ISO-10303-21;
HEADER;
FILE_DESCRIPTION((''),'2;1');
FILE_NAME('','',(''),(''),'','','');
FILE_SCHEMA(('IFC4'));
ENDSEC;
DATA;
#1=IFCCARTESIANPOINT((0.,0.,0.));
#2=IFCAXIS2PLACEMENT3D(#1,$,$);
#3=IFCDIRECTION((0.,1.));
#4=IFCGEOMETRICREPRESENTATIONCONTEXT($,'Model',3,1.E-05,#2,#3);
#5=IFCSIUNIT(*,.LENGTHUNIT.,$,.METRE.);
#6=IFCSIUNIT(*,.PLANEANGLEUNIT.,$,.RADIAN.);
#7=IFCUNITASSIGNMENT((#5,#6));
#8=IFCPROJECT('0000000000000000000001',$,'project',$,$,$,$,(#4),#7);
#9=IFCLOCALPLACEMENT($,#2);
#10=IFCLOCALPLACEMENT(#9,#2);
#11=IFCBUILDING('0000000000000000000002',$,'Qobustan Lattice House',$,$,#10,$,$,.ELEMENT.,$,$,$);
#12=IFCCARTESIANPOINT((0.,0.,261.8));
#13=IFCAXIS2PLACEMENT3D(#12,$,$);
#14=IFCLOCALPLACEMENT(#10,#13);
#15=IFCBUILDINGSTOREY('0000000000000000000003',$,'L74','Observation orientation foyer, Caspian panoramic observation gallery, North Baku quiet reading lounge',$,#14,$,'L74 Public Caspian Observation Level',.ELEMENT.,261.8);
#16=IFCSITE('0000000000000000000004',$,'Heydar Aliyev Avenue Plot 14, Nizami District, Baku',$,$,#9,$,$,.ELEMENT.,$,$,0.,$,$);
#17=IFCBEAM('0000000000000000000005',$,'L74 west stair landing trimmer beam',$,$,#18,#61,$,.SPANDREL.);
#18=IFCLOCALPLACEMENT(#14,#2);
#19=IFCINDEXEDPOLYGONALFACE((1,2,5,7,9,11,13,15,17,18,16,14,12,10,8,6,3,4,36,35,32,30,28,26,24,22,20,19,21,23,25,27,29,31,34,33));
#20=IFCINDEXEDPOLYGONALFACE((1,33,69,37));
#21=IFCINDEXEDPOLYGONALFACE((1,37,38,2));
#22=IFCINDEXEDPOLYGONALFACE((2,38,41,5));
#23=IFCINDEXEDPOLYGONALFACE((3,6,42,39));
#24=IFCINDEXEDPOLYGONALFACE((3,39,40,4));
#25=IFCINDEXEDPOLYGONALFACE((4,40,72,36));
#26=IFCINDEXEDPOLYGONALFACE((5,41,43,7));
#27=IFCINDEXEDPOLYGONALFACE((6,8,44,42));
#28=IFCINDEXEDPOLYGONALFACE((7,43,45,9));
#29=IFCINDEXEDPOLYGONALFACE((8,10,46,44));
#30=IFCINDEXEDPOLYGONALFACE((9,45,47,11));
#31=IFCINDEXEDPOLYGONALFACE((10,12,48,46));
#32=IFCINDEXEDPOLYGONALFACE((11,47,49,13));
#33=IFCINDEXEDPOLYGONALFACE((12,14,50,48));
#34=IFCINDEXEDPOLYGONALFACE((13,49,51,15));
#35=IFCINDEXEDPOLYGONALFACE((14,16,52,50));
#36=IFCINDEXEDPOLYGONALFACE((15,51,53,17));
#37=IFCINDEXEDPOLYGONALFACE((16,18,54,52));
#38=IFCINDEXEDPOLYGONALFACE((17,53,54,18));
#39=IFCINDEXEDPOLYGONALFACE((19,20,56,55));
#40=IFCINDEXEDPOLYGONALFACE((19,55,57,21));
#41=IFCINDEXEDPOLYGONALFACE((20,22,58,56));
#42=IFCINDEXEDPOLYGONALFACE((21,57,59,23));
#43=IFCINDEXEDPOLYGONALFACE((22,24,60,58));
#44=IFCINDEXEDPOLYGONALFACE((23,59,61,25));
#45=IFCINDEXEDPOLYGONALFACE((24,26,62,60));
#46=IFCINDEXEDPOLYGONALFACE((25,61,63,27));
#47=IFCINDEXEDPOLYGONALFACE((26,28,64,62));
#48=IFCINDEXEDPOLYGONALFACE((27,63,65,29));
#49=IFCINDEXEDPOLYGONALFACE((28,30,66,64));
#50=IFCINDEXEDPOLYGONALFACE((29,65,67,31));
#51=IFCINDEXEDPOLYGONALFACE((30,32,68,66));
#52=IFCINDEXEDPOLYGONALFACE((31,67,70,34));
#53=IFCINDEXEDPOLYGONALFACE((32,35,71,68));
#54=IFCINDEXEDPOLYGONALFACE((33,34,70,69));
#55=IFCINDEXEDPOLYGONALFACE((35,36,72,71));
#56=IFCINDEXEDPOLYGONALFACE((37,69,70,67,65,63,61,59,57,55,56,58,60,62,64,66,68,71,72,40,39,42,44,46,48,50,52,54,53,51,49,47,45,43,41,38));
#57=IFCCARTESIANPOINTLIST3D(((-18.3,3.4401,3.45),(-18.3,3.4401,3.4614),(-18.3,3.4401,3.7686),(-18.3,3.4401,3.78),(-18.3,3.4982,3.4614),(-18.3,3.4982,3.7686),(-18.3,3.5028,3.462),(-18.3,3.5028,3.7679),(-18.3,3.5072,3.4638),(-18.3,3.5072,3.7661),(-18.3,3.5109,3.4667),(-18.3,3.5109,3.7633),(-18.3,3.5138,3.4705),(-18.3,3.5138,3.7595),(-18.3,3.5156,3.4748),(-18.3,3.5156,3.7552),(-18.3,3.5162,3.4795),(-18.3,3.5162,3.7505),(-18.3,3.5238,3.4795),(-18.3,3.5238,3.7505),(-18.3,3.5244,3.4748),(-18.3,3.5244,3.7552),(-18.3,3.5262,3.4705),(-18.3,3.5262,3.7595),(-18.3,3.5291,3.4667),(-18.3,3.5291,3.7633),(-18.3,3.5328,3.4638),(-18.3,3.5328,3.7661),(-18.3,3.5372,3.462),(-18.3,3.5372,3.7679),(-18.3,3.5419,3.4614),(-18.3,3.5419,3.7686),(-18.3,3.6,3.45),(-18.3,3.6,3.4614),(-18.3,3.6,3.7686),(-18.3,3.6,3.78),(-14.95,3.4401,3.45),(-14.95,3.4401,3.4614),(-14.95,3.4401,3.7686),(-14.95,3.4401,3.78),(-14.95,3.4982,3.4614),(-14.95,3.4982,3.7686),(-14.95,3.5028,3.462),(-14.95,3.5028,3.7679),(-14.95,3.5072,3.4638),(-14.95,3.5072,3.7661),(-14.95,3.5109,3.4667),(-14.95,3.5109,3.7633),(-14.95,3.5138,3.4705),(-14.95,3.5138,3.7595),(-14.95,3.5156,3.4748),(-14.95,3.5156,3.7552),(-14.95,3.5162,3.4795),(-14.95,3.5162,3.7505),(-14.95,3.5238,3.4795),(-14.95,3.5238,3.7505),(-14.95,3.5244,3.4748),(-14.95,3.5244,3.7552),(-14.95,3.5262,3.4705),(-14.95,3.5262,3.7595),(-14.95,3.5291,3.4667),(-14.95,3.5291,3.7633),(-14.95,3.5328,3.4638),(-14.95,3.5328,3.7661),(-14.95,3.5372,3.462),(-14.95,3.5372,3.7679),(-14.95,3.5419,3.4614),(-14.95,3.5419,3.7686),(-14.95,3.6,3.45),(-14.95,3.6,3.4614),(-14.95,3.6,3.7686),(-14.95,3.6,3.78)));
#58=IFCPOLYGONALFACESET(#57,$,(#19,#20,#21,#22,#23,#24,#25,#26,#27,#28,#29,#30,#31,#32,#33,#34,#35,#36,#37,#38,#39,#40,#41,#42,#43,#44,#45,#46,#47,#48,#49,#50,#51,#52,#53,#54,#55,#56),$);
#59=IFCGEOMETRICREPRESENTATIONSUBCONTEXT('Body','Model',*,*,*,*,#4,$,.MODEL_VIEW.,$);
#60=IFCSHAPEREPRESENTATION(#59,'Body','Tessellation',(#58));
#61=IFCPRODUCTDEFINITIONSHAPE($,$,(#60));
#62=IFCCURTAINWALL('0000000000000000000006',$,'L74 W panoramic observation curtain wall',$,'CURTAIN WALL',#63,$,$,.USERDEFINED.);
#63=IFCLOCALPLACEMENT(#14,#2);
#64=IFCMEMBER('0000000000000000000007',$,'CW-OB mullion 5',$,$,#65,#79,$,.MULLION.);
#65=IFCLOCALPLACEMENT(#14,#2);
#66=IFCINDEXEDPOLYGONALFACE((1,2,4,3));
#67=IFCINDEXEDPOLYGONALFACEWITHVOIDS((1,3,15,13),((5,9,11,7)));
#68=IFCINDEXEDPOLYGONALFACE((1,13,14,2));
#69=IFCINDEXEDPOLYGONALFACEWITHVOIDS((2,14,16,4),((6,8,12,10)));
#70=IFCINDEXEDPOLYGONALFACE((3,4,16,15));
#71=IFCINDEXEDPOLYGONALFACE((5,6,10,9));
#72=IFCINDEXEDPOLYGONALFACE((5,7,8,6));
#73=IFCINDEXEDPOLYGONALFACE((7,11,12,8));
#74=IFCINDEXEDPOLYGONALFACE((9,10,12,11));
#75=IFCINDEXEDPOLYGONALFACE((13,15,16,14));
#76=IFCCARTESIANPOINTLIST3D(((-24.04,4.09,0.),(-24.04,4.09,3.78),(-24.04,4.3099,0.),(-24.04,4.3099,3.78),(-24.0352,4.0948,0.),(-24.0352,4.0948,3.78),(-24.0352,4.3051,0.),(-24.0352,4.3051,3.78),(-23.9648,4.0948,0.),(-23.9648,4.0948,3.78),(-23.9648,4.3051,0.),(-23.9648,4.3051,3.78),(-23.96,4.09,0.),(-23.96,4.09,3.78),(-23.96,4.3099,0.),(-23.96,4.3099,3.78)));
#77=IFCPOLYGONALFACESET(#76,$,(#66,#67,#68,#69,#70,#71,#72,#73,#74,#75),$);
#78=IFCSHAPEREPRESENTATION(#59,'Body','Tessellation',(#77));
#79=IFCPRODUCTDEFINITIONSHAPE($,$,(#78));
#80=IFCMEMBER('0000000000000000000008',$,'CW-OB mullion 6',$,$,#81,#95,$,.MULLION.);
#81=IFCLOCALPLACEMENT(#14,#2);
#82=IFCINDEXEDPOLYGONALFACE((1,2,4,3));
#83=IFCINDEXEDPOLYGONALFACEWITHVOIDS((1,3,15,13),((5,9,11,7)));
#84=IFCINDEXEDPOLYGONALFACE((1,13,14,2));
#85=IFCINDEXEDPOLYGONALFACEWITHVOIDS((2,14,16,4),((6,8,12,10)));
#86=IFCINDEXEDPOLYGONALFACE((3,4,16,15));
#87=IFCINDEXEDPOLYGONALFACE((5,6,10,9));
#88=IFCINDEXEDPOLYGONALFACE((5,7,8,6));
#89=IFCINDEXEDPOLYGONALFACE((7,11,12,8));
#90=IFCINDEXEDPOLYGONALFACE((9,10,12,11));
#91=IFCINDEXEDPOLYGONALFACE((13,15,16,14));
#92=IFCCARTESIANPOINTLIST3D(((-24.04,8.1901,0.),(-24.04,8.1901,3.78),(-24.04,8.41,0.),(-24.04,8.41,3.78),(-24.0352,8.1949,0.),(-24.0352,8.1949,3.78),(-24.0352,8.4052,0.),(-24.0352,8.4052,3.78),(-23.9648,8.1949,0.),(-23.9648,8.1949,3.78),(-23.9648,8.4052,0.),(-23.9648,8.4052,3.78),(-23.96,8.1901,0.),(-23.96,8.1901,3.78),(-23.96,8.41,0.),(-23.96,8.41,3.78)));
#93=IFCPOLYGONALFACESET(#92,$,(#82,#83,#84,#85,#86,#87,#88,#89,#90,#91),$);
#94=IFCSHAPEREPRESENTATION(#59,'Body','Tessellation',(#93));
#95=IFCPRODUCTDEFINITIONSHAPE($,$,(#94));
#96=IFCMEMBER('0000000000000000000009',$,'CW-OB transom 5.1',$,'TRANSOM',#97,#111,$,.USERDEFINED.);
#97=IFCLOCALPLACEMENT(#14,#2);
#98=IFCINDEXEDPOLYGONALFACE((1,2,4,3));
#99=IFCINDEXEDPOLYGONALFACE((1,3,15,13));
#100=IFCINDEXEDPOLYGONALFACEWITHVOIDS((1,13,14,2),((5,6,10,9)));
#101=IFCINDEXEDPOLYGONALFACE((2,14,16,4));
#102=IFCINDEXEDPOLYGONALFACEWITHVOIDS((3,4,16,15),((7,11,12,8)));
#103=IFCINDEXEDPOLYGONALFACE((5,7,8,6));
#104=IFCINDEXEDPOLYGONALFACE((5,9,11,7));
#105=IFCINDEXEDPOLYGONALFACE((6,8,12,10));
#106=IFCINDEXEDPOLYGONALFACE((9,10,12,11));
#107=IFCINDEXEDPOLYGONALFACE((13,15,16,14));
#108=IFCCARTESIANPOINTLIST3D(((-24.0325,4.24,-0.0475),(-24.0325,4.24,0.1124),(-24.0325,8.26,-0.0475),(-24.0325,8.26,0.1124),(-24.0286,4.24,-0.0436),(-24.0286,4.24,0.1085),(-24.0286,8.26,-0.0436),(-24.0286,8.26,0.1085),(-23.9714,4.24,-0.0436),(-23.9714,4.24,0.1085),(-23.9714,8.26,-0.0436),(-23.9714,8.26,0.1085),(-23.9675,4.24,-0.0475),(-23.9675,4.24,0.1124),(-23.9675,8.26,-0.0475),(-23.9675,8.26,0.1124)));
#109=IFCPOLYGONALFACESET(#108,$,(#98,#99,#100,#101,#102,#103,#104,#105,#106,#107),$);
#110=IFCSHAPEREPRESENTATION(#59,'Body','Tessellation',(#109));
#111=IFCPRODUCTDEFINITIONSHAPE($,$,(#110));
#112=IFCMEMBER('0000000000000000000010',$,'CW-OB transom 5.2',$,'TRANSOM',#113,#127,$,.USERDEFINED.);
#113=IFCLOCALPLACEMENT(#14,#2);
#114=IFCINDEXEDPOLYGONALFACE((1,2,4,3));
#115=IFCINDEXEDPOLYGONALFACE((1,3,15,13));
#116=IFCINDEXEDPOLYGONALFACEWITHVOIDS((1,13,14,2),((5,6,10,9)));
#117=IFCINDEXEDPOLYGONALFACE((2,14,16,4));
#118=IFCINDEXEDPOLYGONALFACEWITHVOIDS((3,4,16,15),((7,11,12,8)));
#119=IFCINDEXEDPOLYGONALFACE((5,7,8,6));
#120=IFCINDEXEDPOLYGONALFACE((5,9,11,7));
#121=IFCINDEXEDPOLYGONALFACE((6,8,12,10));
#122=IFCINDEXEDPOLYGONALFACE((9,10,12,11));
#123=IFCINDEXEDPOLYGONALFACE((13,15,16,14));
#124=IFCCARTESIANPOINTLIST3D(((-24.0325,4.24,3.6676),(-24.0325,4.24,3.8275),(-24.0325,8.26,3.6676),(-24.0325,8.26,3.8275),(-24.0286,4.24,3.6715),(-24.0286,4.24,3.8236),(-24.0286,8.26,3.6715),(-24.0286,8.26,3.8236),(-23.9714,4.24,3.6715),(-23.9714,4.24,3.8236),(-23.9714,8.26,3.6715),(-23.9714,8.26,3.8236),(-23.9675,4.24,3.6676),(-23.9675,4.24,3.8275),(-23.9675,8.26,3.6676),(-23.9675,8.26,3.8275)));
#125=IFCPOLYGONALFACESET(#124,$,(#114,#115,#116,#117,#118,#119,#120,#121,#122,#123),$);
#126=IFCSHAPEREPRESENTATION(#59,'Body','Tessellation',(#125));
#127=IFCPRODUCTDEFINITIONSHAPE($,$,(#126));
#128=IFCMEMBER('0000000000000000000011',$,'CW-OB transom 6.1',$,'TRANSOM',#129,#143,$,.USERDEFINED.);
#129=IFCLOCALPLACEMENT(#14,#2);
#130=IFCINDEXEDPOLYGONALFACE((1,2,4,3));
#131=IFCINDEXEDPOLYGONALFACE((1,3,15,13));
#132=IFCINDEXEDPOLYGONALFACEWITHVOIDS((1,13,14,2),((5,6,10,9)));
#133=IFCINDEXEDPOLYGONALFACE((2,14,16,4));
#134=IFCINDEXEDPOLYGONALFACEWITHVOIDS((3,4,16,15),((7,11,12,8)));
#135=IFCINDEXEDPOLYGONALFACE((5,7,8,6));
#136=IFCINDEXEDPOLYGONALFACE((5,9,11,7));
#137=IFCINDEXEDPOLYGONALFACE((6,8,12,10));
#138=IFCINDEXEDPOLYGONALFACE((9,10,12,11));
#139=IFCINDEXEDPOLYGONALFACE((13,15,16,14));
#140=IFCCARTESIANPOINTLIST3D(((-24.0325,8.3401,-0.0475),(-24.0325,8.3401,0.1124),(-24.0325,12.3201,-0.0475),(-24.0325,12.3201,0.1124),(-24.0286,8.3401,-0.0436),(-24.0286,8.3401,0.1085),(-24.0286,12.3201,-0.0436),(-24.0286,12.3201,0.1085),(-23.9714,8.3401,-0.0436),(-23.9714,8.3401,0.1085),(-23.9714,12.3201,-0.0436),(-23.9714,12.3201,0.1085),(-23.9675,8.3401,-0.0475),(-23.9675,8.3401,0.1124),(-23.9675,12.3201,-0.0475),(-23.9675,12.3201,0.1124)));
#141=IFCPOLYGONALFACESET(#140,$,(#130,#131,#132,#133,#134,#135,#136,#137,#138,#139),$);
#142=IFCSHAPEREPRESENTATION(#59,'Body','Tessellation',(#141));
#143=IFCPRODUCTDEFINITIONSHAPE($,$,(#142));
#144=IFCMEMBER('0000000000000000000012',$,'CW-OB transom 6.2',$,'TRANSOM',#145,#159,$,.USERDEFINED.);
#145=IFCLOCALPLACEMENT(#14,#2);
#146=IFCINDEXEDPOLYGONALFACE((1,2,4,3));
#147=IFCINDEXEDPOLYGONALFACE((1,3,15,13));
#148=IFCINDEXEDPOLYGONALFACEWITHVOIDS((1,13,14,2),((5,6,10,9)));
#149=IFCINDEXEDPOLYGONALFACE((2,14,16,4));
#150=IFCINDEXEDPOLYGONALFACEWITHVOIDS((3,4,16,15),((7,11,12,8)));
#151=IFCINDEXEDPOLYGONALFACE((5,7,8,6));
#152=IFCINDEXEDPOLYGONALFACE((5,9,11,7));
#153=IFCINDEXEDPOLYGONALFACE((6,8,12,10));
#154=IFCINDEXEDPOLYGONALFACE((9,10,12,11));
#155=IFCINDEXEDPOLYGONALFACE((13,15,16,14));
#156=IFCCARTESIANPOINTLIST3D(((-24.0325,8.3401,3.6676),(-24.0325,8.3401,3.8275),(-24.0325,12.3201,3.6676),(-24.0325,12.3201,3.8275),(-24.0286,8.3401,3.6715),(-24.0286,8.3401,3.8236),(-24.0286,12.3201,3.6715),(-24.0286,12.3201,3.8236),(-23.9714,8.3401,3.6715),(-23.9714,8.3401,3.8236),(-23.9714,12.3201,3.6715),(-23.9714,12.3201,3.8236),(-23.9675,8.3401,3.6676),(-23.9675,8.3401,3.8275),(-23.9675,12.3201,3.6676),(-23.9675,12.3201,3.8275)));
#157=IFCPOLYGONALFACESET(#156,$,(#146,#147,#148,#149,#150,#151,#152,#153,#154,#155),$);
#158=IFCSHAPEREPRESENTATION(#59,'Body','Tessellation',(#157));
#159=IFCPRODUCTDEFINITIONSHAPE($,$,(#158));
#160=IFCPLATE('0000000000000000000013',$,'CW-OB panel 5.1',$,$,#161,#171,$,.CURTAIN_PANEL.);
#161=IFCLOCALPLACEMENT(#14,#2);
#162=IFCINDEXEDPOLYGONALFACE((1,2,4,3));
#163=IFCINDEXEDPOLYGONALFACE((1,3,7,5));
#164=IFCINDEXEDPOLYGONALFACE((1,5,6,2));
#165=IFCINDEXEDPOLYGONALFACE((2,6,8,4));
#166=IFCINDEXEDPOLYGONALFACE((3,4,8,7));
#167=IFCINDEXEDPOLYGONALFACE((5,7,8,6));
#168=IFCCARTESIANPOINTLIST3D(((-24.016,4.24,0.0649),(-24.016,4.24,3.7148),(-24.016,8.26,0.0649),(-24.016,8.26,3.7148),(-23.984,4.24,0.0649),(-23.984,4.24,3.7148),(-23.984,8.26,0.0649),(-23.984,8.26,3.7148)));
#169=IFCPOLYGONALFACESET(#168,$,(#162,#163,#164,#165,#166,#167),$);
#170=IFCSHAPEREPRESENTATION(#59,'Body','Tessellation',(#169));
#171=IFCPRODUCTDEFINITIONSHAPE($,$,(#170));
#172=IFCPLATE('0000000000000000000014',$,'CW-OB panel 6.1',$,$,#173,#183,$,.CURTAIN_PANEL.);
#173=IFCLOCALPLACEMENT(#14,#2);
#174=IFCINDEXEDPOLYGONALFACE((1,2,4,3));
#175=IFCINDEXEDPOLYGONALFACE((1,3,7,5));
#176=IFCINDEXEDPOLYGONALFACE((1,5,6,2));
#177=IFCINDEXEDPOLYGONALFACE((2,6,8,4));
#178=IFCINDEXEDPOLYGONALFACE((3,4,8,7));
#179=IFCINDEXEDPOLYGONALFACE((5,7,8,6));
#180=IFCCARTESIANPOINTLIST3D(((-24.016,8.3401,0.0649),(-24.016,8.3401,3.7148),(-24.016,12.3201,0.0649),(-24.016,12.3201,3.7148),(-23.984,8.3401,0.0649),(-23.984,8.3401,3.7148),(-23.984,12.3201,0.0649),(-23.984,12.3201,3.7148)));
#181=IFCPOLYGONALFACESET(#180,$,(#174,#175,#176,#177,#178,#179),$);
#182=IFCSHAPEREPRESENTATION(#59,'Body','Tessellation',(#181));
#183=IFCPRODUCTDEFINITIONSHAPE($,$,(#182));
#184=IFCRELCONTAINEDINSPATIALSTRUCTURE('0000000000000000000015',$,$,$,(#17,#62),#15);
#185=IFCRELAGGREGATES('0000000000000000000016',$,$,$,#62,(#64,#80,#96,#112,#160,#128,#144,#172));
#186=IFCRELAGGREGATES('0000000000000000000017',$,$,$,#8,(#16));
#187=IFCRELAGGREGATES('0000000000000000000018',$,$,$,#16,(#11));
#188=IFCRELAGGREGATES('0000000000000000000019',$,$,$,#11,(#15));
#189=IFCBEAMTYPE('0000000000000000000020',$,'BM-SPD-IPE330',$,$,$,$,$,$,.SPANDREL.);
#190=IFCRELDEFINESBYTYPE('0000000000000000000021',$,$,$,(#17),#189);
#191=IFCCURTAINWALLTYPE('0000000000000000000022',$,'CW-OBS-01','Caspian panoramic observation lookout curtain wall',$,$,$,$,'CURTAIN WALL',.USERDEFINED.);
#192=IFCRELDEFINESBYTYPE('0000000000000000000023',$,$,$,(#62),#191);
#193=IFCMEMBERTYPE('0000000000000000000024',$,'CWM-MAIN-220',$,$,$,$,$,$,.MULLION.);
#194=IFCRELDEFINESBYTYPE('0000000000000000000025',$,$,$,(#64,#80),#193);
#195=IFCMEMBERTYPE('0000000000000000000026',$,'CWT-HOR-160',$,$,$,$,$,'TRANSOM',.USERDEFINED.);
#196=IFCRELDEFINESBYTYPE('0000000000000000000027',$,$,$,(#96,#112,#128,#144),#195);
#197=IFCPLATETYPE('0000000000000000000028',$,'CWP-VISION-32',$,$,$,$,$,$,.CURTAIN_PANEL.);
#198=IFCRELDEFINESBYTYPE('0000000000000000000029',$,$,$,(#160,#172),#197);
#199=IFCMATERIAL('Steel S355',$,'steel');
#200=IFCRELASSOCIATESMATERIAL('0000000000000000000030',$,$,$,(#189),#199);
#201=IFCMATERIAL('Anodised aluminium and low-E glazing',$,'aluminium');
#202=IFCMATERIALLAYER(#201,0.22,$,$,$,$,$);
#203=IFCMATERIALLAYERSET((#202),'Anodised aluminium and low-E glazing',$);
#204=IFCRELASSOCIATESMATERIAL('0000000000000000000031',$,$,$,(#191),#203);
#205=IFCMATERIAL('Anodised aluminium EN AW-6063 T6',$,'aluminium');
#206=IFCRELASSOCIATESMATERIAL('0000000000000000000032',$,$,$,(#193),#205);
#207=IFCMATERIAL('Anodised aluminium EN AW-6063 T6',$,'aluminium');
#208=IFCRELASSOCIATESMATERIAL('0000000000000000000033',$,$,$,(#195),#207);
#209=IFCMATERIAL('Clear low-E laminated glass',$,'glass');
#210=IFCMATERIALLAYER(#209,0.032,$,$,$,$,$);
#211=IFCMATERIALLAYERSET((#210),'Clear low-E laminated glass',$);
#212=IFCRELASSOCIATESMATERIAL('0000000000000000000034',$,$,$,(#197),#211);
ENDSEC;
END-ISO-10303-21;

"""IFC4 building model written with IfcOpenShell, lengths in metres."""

from ifc_helpers import new_model, si_unit, direction, frame, origin, origin_2d, place, context, subcontext, project, spatial, rectangle, hollow_rectangle, i_section, extrude, material, layer, layer_set, material_profile, profile_set, type_object, element, aggregate, save


model = new_model("IFC4")

# Units and contexts
model_context = context("Model", 3, precision=1e-05, world=origin(), true_north=direction((0.0, 1.0)))
body_context = subcontext(model_context, "Body", "Model", "MODEL_VIEW")
ifc_project = project(units=[si_unit("LENGTHUNIT", "METRE"), si_unit("PLANEANGLEUNIT", "RADIAN")], contexts=[model_context])

# Site, building, storey
site_placement = place(None, origin())
site = spatial("IfcSite", under=ifc_project, at=site_placement, Name="Heydar Aliyev Avenue Plot 14, Nizami District, Baku", CompositionType="ELEMENT", RefElevation=0.0)
building_placement = place(site_placement, origin())
building = spatial("IfcBuilding", under=site, at=building_placement, Name="Qobustan Lattice House", CompositionType="ELEMENT")
storey_placement = place(building_placement, frame((0.0, 0.0, 261.8)))
storey = spatial("IfcBuildingStorey", under=building, at=storey_placement, Name="L74", Description="Observation orientation foyer, Caspian panoramic observation gallery, North Baku quiet reading lounge", LongName="L74 Public Caspian Observation Level", CompositionType="ELEMENT", Elevation=261.8)

# Beam
ifc_material_1 = material(Name="Steel S355", Category="steel")
ifc_material_profile_1 = material_profile(ifc_material_1, i_section(OverallWidth=0.1599, OverallDepth=0.3301, WebThickness=0.0076, FlangeThickness=0.0115, FilletRadius=0.0181, at=origin_2d()), Name="IPE330")
ifc_profile_set_1 = profile_set([ifc_material_profile_1], Name="Steel S355")
beam_type_1 = type_object("IfcBeamType", Name="BM-SPD-IPE330", PredefinedType="SPANDREL", material=ifc_profile_set_1)
beam_1_placement = place(storey_placement, frame((-18.3, 3.52, 3.615), z_axis=(1.0, 0.0, 0.0), x_axis=(0.0, 1.0, 0.0)))
element("IfcBeam", 1, at=beam_1_placement, inside=storey, type_object=beam_type_1, Name="L74 west stair landing trimmer beam", PredefinedType="SPANDREL", context=body_context, shape_type="SweptSolid", body=[
    extrude(i_section(OverallWidth=0.1599, OverallDepth=0.3301, WebThickness=0.0076, FlangeThickness=0.0115, FilletRadius=0.0181, at=origin_2d()), origin(), (0.0, 0.0, 1.0), 3.3501),
])

# Curtain wall, members, plates
ifc_material_2 = material(Name="Anodised aluminium and low-E glazing", Category="aluminium")
ifc_layer_1 = layer(ifc_material_2, 0.22)
ifc_layer_set_1 = layer_set([ifc_layer_1], Name="Anodised aluminium and low-E glazing")
curtain_wall_type = type_object("IfcCurtainWallType", Name="CW-OBS-01", Description="Caspian panoramic observation lookout curtain wall", ElementType="CURTAIN WALL", PredefinedType="USERDEFINED", material=ifc_layer_set_1)
curtain_wall_placement = place(storey_placement, origin())
curtain_wall = element("IfcCurtainWall", 2, at=curtain_wall_placement, inside=storey, type_object=curtain_wall_type, Name="L74 W panoramic observation curtain wall", ObjectType="CURTAIN WALL", PredefinedType="USERDEFINED")
ifc_material_3 = material(Name="Anodised aluminium EN AW-6063 T6", Category="aluminium")
ifc_material_profile_2 = material_profile(ifc_material_3, hollow_rectangle(XDim=0.0801, YDim=0.22, WallThickness=0.0049, at=origin_2d()), Name="CWM-220x80")
ifc_profile_set_2 = profile_set([ifc_material_profile_2], Name="Anodised aluminium EN AW-6063 T6")
member_type_1 = type_object("IfcMemberType", Name="CWM-MAIN-220", PredefinedType="MULLION", material=ifc_profile_set_2)
member_1_placement = place(storey_placement, frame((-24.0, 4.2, 0.0), z_axis=(0.0, 0.0, 1.0), x_axis=(-1.0, 0.0, 0.0)))
member_1 = element("IfcMember", 3, at=member_1_placement, type_object=member_type_1, Name="CW-OB mullion 5", PredefinedType="MULLION", context=body_context, shape_type="SweptSolid", body=[
    extrude(hollow_rectangle(XDim=0.0801, YDim=0.22, WallThickness=0.0049, at=origin_2d()), origin(), (0.0, 0.0, 1.0), 3.78),
])
member_2_placement = place(storey_placement, frame((-24.0, 8.3, 0.0), z_axis=(0.0, 0.0, 1.0), x_axis=(-1.0, 0.0, 0.0)))
member_2 = element("IfcMember", 4, at=member_2_placement, type_object=member_type_1, Name="CW-OB mullion 6", PredefinedType="MULLION", context=body_context, shape_type="SweptSolid", body=[
    extrude(hollow_rectangle(XDim=0.0801, YDim=0.22, WallThickness=0.0049, at=origin_2d()), origin(), (0.0, 0.0, 1.0), 3.78),
])
ifc_material_4 = material(Name="Anodised aluminium EN AW-6063 T6", Category="aluminium")
ifc_material_profile_3 = material_profile(ifc_material_4, hollow_rectangle(XDim=0.0649, YDim=0.1599, WallThickness=0.0039, at=origin_2d()), Name="CWT-160x65")
ifc_profile_set_3 = profile_set([ifc_material_profile_3], Name="Anodised aluminium EN AW-6063 T6")
member_type_2 = type_object("IfcMemberType", Name="CWT-HOR-160", ElementType="TRANSOM", PredefinedType="USERDEFINED", material=ifc_profile_set_3)
member_3_placement = place(storey_placement, frame((-24.0, 4.24, 0.0325), z_axis=(0.0, 1.0, 0.0), x_axis=(-1.0, 0.0, 0.0)))
member_3 = element("IfcMember", 5, at=member_3_placement, type_object=member_type_2, Name="CW-OB transom 5.1", ObjectType="TRANSOM", PredefinedType="USERDEFINED", context=body_context, shape_type="SweptSolid", body=[
    extrude(hollow_rectangle(XDim=0.0649, YDim=0.1599, WallThickness=0.0039, at=origin_2d()), origin(), (0.0, 0.0, 1.0), 4.02),
])
member_4_placement = place(storey_placement, frame((-24.0, 4.24, 3.7476), z_axis=(0.0, 1.0, 0.0), x_axis=(-1.0, 0.0, 0.0)))
member_4 = element("IfcMember", 6, at=member_4_placement, type_object=member_type_2, Name="CW-OB transom 5.2", ObjectType="TRANSOM", PredefinedType="USERDEFINED", context=body_context, shape_type="SweptSolid", body=[
    extrude(hollow_rectangle(XDim=0.0649, YDim=0.1599, WallThickness=0.0039, at=origin_2d()), origin(), (0.0, 0.0, 1.0), 4.02),
])
member_5_placement = place(storey_placement, frame((-24.0, 8.3401, 0.0325), z_axis=(0.0, 1.0, 0.0), x_axis=(-1.0, 0.0, 0.0)))
member_5 = element("IfcMember", 7, at=member_5_placement, type_object=member_type_2, Name="CW-OB transom 6.1", ObjectType="TRANSOM", PredefinedType="USERDEFINED", context=body_context, shape_type="SweptSolid", body=[
    extrude(hollow_rectangle(XDim=0.0649, YDim=0.1599, WallThickness=0.0039, at=origin_2d()), origin(), (0.0, 0.0, 1.0), 3.98),
])
member_6_placement = place(storey_placement, frame((-24.0, 8.3401, 3.7476), z_axis=(0.0, 1.0, 0.0), x_axis=(-1.0, 0.0, 0.0)))
member_6 = element("IfcMember", 8, at=member_6_placement, type_object=member_type_2, Name="CW-OB transom 6.2", ObjectType="TRANSOM", PredefinedType="USERDEFINED", context=body_context, shape_type="SweptSolid", body=[
    extrude(hollow_rectangle(XDim=0.0649, YDim=0.1599, WallThickness=0.0039, at=origin_2d()), origin(), (0.0, 0.0, 1.0), 3.98),
])
ifc_material_5 = material(Name="Clear low-E laminated glass", Category="glass")
ifc_layer_2 = layer(ifc_material_5, 0.032)
ifc_layer_set_2 = layer_set([ifc_layer_2], Name="Clear low-E laminated glass")
plate_type = type_object("IfcPlateType", Name="CWP-VISION-32", PredefinedType="CURTAIN_PANEL", material=ifc_layer_set_2)
plate_1_placement = place(storey_placement, frame((-24.0, 6.25, 0.0649), z_axis=(0.0, 0.0, 1.0), x_axis=(0.0, 1.0, 0.0)))
plate_1 = element("IfcPlate", 9, at=plate_1_placement, type_object=plate_type, Name="CW-OB panel 5.1", PredefinedType="CURTAIN_PANEL", context=body_context, shape_type="SweptSolid", body=[
    extrude(rectangle(XDim=4.02, YDim=0.032, at=origin_2d()), origin(), (0.0, 0.0, 1.0), 3.6499),
])
plate_2_placement = place(storey_placement, frame((-24.0, 10.3301, 0.0649), z_axis=(0.0, 0.0, 1.0), x_axis=(0.0, 1.0, 0.0)))
plate_2 = element("IfcPlate", 10, at=plate_2_placement, type_object=plate_type, Name="CW-OB panel 6.1", PredefinedType="CURTAIN_PANEL", context=body_context, shape_type="SweptSolid", body=[
    extrude(rectangle(XDim=3.98, YDim=0.032, at=origin_2d()), origin(), (0.0, 0.0, 1.0), 3.6499),
])
aggregate(curtain_wall, [member_1, member_2, member_3, member_4, plate_1, member_5, member_6, plate_2])

save(model, "model.ifc")
